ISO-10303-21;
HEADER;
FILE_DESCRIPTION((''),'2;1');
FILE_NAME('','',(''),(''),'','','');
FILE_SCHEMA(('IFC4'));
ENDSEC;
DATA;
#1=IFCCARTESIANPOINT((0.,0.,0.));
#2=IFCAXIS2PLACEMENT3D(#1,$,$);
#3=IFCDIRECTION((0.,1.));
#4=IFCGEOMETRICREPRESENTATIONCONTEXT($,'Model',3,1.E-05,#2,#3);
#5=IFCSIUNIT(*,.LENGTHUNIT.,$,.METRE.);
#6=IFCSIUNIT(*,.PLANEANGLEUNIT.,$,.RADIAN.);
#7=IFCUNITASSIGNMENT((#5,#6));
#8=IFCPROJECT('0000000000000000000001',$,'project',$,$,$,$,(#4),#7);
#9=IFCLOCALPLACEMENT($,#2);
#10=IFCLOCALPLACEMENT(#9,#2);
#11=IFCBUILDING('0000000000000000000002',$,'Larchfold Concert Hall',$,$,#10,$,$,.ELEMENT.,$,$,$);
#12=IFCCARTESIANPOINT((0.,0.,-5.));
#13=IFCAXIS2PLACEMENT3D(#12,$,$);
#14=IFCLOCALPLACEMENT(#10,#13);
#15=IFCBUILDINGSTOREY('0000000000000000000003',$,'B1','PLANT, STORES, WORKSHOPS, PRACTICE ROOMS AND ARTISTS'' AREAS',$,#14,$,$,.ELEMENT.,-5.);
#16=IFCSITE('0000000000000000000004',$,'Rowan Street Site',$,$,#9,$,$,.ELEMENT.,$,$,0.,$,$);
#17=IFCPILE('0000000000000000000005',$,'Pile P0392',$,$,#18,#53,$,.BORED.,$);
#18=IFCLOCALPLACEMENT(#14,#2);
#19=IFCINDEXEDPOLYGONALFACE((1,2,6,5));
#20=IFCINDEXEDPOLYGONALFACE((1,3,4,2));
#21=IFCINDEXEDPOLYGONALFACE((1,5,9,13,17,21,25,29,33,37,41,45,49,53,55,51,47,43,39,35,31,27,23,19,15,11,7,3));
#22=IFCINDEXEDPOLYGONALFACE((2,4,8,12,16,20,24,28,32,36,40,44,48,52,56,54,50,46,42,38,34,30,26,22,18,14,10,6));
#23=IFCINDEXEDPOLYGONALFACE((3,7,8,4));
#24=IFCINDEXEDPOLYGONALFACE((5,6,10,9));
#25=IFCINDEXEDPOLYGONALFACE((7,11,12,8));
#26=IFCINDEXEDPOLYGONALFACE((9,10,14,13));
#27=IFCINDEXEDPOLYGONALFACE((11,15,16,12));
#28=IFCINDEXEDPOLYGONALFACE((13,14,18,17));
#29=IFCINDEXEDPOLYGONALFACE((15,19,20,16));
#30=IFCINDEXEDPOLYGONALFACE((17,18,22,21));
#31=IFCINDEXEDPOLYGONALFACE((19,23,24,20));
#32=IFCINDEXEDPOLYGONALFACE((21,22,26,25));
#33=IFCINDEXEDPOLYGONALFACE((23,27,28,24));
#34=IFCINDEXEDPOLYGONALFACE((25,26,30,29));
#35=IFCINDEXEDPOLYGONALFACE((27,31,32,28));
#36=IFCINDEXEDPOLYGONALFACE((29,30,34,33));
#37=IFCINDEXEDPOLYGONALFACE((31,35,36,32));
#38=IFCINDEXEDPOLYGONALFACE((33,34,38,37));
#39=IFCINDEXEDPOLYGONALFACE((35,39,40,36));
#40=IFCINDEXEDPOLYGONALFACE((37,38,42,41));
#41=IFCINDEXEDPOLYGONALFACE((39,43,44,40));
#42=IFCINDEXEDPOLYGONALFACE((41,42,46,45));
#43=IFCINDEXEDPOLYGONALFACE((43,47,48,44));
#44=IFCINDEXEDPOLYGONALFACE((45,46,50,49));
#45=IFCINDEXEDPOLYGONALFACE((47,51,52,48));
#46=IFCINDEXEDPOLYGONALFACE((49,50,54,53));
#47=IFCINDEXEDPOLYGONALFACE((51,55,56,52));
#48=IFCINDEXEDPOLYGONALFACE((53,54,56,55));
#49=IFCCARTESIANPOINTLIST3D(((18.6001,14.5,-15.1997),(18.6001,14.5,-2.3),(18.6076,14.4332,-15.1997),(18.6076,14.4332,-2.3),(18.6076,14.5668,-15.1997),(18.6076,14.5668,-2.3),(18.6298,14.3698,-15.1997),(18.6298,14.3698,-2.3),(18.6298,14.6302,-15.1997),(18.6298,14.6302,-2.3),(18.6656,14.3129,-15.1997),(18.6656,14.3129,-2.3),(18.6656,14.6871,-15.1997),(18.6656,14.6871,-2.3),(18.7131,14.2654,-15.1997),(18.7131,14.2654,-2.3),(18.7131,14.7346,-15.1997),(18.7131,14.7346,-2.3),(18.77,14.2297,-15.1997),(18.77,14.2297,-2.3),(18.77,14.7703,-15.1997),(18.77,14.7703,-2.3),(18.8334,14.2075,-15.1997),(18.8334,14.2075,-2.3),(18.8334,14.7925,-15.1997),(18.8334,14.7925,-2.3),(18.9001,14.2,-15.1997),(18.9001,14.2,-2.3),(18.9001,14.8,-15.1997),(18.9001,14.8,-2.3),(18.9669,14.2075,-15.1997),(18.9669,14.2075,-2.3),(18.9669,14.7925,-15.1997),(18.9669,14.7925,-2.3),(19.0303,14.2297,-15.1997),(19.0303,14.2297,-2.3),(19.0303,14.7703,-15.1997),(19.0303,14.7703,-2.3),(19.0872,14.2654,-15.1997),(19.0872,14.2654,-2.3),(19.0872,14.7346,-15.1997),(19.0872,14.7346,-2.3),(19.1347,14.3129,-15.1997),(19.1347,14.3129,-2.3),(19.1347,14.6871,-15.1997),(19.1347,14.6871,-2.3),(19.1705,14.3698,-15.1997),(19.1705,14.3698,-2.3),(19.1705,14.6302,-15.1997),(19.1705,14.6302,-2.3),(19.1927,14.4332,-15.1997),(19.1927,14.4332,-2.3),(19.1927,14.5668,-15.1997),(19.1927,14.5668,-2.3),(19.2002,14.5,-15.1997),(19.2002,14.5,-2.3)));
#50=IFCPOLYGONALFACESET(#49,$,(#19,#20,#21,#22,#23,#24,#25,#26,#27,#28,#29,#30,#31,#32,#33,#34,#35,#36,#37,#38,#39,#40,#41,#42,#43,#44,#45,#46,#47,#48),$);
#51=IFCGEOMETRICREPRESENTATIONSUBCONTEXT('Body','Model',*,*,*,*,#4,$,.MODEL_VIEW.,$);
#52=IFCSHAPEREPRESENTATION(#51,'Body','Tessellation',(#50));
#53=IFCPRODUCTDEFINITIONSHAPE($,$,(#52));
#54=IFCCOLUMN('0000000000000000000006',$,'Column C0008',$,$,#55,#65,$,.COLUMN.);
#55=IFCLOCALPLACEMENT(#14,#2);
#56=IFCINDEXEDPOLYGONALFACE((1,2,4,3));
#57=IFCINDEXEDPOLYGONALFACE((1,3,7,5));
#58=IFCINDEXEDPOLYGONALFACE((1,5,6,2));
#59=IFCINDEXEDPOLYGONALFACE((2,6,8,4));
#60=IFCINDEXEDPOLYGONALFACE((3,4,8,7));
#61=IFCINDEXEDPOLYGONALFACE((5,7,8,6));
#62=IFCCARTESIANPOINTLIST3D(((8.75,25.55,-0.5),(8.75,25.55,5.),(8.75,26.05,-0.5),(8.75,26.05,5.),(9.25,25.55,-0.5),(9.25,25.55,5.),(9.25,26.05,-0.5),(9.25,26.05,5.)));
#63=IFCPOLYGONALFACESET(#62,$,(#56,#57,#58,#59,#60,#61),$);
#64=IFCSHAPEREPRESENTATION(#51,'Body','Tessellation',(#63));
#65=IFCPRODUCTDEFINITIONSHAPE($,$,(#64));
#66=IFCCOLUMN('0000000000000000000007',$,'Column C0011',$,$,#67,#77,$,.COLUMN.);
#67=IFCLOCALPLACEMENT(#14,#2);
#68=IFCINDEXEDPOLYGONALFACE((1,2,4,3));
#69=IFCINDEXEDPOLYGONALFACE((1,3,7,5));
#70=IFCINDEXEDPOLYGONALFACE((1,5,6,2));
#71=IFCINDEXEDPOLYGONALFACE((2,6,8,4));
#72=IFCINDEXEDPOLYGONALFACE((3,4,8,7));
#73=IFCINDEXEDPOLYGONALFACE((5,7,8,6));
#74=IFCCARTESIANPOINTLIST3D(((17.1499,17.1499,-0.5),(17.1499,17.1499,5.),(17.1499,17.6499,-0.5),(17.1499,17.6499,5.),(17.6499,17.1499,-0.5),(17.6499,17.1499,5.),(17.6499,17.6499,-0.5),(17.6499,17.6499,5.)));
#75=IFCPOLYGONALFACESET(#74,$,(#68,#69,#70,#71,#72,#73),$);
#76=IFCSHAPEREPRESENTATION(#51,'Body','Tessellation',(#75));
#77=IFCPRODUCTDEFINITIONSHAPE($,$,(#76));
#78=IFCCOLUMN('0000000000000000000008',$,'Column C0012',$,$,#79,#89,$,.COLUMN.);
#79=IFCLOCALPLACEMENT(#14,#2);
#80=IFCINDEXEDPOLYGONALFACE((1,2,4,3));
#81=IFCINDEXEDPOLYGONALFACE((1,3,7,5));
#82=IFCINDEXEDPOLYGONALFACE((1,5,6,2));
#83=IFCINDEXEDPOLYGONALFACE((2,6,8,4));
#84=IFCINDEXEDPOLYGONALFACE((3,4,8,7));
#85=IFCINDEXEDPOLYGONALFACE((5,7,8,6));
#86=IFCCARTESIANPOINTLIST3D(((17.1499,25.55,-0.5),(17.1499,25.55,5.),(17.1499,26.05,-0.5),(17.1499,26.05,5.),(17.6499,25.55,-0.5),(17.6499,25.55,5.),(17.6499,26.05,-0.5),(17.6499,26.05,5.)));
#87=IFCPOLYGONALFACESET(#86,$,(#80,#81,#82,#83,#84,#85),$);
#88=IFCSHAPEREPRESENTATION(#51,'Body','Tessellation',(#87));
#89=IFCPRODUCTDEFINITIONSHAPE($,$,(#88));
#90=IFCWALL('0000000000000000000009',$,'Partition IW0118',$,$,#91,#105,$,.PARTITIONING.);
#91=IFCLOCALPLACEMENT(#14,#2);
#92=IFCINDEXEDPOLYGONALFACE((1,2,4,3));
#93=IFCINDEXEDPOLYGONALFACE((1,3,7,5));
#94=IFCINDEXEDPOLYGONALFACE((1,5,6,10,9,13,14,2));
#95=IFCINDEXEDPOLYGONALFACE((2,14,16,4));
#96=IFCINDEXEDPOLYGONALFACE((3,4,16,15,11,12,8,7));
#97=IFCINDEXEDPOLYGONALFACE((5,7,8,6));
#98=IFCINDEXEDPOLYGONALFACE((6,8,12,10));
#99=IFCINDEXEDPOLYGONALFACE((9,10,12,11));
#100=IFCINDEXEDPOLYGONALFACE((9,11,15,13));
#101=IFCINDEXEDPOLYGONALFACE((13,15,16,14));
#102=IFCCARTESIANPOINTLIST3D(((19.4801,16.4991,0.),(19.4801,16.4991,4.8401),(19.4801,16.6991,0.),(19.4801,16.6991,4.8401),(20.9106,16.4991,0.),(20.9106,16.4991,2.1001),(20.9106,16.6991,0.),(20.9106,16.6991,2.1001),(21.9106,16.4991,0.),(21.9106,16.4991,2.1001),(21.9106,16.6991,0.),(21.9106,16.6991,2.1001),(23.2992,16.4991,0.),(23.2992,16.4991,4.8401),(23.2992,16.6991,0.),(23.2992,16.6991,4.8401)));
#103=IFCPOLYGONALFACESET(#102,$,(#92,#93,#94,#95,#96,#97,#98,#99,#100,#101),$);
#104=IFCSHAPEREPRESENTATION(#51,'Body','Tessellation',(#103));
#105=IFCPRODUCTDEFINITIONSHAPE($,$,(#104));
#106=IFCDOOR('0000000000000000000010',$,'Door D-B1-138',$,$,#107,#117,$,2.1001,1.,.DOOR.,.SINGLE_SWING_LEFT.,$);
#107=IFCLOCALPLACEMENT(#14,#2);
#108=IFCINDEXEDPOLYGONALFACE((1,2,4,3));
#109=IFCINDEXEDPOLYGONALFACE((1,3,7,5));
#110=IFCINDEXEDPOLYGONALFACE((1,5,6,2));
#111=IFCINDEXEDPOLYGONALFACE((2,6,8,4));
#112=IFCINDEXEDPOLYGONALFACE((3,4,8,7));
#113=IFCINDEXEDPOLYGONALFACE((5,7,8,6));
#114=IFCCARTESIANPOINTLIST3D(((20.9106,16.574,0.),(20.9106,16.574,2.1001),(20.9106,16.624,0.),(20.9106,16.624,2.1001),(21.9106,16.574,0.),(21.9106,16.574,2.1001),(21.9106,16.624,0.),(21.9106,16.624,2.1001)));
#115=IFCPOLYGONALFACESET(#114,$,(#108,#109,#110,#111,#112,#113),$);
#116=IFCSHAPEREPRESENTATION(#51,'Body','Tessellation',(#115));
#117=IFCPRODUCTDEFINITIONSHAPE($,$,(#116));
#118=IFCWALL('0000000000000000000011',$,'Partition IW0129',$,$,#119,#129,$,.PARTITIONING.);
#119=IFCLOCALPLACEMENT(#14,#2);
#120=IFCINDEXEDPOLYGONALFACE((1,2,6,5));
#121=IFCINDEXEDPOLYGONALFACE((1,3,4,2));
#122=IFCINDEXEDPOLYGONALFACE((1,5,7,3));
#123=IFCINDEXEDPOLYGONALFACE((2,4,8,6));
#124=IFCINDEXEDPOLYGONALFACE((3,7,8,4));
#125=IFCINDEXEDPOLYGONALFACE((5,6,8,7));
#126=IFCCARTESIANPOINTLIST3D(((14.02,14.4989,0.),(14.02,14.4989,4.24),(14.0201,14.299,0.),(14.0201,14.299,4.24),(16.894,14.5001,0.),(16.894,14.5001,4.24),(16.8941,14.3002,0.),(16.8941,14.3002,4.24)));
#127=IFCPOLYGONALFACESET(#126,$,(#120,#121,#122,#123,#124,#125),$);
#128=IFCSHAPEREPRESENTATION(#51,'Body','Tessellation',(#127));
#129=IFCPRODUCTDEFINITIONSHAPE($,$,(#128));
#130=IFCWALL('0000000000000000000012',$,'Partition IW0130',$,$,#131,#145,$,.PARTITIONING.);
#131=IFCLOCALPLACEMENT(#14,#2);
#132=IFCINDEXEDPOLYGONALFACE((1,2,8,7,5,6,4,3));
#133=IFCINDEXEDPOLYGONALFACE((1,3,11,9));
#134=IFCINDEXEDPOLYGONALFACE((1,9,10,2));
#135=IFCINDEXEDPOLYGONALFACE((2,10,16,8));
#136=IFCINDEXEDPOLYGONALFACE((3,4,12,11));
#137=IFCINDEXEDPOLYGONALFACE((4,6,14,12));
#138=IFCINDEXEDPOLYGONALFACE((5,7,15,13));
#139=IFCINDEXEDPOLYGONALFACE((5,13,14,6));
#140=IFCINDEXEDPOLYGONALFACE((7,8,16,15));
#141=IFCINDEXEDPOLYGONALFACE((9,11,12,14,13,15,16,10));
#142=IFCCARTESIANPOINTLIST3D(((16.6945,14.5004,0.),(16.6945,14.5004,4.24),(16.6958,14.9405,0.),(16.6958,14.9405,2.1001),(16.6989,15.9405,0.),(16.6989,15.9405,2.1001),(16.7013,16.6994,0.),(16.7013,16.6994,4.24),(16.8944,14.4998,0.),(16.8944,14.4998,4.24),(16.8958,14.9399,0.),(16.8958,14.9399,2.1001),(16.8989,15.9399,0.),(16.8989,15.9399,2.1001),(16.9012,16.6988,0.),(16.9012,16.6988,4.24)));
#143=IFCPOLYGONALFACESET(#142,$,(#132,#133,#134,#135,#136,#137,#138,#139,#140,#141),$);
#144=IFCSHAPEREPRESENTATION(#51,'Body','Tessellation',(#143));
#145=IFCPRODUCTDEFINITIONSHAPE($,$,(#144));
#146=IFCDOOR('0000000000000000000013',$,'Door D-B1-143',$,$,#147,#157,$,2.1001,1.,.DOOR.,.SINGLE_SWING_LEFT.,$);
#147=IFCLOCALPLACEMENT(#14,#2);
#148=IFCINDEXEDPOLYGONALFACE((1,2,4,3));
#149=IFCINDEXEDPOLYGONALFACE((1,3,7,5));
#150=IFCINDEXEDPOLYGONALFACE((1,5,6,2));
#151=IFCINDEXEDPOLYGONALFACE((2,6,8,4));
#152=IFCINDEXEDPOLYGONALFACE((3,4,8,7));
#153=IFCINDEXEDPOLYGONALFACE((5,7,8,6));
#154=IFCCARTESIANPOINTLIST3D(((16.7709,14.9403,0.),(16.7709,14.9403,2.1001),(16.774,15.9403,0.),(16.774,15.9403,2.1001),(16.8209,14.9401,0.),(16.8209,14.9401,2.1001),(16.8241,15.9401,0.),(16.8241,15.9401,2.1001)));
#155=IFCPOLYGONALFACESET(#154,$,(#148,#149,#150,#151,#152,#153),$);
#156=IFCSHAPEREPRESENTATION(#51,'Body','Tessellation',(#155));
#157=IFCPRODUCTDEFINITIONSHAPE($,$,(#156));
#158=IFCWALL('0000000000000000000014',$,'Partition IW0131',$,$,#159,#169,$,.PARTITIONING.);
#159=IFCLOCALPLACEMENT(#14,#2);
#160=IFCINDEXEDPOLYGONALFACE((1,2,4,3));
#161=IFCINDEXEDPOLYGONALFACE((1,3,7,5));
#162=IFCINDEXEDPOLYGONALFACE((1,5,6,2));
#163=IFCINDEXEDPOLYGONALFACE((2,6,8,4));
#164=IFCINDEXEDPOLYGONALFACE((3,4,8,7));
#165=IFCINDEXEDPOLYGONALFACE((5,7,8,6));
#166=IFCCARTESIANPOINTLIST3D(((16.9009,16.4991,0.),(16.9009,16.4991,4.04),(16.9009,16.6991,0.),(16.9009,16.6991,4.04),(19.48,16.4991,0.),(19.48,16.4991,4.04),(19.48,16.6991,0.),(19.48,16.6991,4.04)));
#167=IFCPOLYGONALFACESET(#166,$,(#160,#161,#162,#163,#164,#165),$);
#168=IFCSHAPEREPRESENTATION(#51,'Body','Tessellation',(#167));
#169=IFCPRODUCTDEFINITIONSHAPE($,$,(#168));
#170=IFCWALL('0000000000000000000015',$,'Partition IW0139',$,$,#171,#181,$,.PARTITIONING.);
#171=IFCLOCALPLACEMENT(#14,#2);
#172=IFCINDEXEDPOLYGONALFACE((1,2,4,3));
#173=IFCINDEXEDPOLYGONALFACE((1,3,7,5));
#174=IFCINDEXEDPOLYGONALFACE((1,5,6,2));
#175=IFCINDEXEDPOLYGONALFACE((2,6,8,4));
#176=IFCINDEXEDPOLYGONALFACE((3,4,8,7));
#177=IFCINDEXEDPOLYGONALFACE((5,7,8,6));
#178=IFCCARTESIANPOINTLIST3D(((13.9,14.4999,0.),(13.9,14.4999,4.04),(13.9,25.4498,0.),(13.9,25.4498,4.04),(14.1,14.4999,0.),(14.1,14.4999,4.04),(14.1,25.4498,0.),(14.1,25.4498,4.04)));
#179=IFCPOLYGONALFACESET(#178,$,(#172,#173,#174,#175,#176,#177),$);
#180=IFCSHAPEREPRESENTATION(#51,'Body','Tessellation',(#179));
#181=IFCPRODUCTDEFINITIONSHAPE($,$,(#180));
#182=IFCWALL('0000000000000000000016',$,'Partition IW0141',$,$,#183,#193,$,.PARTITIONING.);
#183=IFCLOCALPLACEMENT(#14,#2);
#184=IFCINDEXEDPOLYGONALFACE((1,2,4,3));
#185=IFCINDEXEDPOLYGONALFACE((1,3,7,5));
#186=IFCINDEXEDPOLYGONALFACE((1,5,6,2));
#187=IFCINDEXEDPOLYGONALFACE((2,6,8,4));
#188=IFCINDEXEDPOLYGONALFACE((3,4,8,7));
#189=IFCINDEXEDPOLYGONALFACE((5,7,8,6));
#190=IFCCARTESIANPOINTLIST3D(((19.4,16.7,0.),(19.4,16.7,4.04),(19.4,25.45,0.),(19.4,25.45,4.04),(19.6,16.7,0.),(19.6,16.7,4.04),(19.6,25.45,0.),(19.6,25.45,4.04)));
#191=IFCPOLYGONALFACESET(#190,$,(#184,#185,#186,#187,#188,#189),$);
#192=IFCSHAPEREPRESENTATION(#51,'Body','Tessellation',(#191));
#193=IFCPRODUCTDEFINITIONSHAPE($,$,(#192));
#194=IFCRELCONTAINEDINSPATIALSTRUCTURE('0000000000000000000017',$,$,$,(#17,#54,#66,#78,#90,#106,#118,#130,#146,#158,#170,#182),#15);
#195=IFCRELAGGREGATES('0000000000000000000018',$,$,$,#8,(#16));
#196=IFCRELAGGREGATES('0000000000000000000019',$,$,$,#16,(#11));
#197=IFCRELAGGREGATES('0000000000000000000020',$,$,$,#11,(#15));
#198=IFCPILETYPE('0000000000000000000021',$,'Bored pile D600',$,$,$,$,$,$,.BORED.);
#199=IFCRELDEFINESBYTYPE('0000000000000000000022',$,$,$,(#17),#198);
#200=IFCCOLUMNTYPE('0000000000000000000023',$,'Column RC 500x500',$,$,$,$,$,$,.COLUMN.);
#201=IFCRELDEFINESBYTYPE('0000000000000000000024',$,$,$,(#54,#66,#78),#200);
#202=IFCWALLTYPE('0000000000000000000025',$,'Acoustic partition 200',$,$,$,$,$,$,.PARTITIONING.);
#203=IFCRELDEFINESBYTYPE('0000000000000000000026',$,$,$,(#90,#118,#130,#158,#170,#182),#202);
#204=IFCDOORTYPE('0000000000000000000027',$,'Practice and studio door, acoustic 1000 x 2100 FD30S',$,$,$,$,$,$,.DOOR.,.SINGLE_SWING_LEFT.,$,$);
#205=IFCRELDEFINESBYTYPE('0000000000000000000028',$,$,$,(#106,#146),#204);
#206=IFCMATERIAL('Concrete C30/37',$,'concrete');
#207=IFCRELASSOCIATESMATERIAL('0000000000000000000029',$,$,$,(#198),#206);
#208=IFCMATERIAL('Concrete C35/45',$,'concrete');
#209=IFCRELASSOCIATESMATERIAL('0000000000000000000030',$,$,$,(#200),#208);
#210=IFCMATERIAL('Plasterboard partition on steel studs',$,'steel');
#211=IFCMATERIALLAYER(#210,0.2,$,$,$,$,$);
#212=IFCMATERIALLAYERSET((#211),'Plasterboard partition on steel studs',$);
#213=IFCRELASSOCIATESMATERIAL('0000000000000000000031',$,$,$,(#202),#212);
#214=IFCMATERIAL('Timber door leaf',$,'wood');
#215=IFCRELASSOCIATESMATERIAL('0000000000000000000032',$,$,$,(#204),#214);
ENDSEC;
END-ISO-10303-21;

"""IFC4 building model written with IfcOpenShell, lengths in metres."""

from ifc_helpers import new_model, si_unit, direction, frame, frame_2d, origin, origin_2d, place, context, subcontext, project, spatial, rectangle, circle, extrude, material, layer, layer_set, material_profile, profile_set, type_object, element, fill, save


model = new_model("IFC4")

# Units and contexts
model_context = context("Model", 3, precision=1e-05, world=origin(), true_north=direction((0.0, 1.0)))
body_context = subcontext(model_context, "Body", "Model", "MODEL_VIEW")
ifc_project = project(units=[si_unit("LENGTHUNIT", "METRE"), si_unit("PLANEANGLEUNIT", "RADIAN")], contexts=[model_context])

# Site, building, storey
site_placement = place(None, origin())
site = spatial("IfcSite", under=ifc_project, at=site_placement, Name="Rowan Street Site", CompositionType="ELEMENT", RefElevation=0.0)
building_placement = place(site_placement, origin())
building = spatial("IfcBuilding", under=site, at=building_placement, Name="Larchfold Concert Hall", CompositionType="ELEMENT")
storey_placement = place(building_placement, frame((0.0, 0.0, -5.0)))
storey = spatial("IfcBuildingStorey", under=building, at=storey_placement, Name="B1", Description="PLANT, STORES, WORKSHOPS, PRACTICE ROOMS AND ARTISTS' AREAS", CompositionType="ELEMENT", Elevation=-5.0)

# Pile
ifc_material_1 = material(Name="Concrete C30/37", Category="concrete")
ifc_material_profile_1 = material_profile(ifc_material_1, circle(Radius=0.3, at=origin_2d()))
ifc_profile_set_1 = profile_set([ifc_material_profile_1], Name="Concrete C30/37")
pile_type = type_object("IfcPileType", Name="Bored pile D600", PredefinedType="BORED", material=ifc_profile_set_1)
pile_1_placement = place(storey_placement, frame((18.9001, 14.5, -2.3), z_axis=(0.0, 0.0, -1.0), x_axis=(1.0, 0.0, 0.0)))
element("IfcPile", 1, at=pile_1_placement, inside=storey, type_object=pile_type, Name="Pile P0392", PredefinedType="BORED", context=body_context, shape_type="SweptSolid", body=[
    extrude(circle(Radius=0.3, at=origin_2d()), origin(), (0.0, 0.0, 1.0), 12.8997),
])

# Columns
ifc_material_2 = material(Name="Concrete C35/45", Category="concrete")
ifc_material_profile_2 = material_profile(ifc_material_2, rectangle(XDim=0.5, YDim=0.5, at=origin_2d()))
ifc_profile_set_2 = profile_set([ifc_material_profile_2], Name="Concrete C35/45")
column_type = type_object("IfcColumnType", Name="Column RC 500x500", PredefinedType="COLUMN", material=ifc_profile_set_2)
for number, where, z_axis, x_axis, name in (
    (2, (9.0, 25.8, -0.5), (0.0, 0.0, 1.0), (1.0, 0.0, 0.0), "Column C0008"),
    (3, (17.3999, 17.3999, -0.5), (0.0, 0.0, 1.0), (1.0, 0.0, 0.0), "Column C0011"),
    (4, (17.3999, 25.8, -0.5), (0.0, 0.0, 1.0), (1.0, 0.0, 0.0), "Column C0012"),
):
    element("IfcColumn", number, at=place(storey_placement, frame(where, z_axis=z_axis, x_axis=x_axis)), inside=storey, type_object=column_type, Name=name, PredefinedType="COLUMN", context=body_context, shape_type="SweptSolid", body=[
        extrude(rectangle(XDim=0.5, YDim=0.5, at=origin_2d()), origin(), (0.0, 0.0, 1.0), 5.5),
    ])

# Wall, opening, door
ifc_material_3 = material(Name="Plasterboard partition on steel studs", Category="steel")
ifc_layer_1 = layer(ifc_material_3, 0.2)
ifc_layer_set_1 = layer_set([ifc_layer_1], Name="Plasterboard partition on steel studs")
wall_type_1 = type_object("IfcWallType", Name="Acoustic partition 200", PredefinedType="PARTITIONING", material=ifc_layer_set_1)
wall_1_placement = place(storey_placement, frame((19.48, 16.5991, 0.0), z_axis=(0.0, 0.0, 1.0), x_axis=(1.0, 0.0, 0.0)))
wall_1 = element("IfcWall", 5, at=wall_1_placement, inside=storey, type_object=wall_type_1, Name="Partition IW0118", PredefinedType="PARTITIONING", context=body_context, shape_type="SweptSolid", body=[
    extrude(rectangle(XDim=3.8191, YDim=0.2, at=frame_2d((1.9097, 0.0))), origin(), (0.0, 0.0, 1.0), 4.8401),
])
opening_1_placement = place(wall_1_placement, frame((1.4307, 0.0, 0.0)))
opening_1 = element("IfcOpeningElement", 6, at=opening_1_placement, cuts=wall_1, PredefinedType="OPENING", context=body_context, shape_type="SweptSolid", body=[
    extrude(rectangle(XDim=1.0, YDim=2.1001, at=frame_2d((0.5, 1.05))), frame((0.0, 0.1099, 0.0), z_axis=(0.0, -1.0, 0.0), x_axis=(1.0, 0.0, 0.0)), (0.0, 0.0, 1.0), 0.22),
])
ifc_material_4 = material(Name="Timber door leaf", Category="wood")
door_type_1 = type_object("IfcDoorType", Name="Practice and studio door, acoustic 1000 x 2100 FD30S", OperationType="SINGLE_SWING_LEFT", PredefinedType="DOOR", material=ifc_material_4)
door_1_placement = place(opening_1_placement, origin())
door_1 = element("IfcDoor", 7, at=door_1_placement, inside=storey, type_object=door_type_1, Name="Door D-B1-138", OperationType="SINGLE_SWING_LEFT", OverallHeight=2.1001, OverallWidth=1.0, PredefinedType="DOOR", context=body_context, shape_type="SweptSolid", body=[
    extrude(rectangle(XDim=1.0, YDim=2.1001, at=frame_2d((0.5, 1.05))), frame((0.0, 0.0249, 0.0), z_axis=(0.0, -1.0, 0.0), x_axis=(1.0, 0.0, 0.0)), (0.0, 0.0, 1.0), 0.05),
])
fill(opening_1, door_1)

# Wall
wall_2_placement = place(storey_placement, frame((14.02, 14.3989, 0.0), z_axis=(0.0, 0.0, 1.0), x_axis=(1.0, 0.000425, 0.0)))
element("IfcWall", 8, at=wall_2_placement, inside=storey, type_object=wall_type_1, Name="Partition IW0129", PredefinedType="PARTITIONING", context=body_context, shape_type="SweptSolid", body=[
    extrude(rectangle(XDim=2.874, YDim=0.2, at=frame_2d((1.437, 0.0))), origin(), (0.0, 0.0, 1.0), 4.24),
])

# Wall, opening, door
wall_3_placement = place(storey_placement, frame((16.7944, 14.5, 0.0), z_axis=(0.0, 0.0, 1.0), x_axis=(0.003109, 0.999995, 0.0)))
wall_3 = element("IfcWall", 9, at=wall_3_placement, inside=storey, type_object=wall_type_1, Name="Partition IW0130", PredefinedType="PARTITIONING", context=body_context, shape_type="SweptSolid", body=[
    extrude(rectangle(XDim=2.199, YDim=0.2, at=frame_2d((1.0996, 0.0))), origin(), (0.0, 0.0, 1.0), 4.24),
])
opening_2_placement = place(wall_3_placement, frame((0.4402, 0.0, 0.0)))
opening_2 = element("IfcOpeningElement", 10, at=opening_2_placement, cuts=wall_3, PredefinedType="OPENING", context=body_context, shape_type="SweptSolid", body=[
    extrude(rectangle(XDim=1.0, YDim=2.1001, at=frame_2d((0.5, 1.05))), frame((0.0, 0.1099, 0.0), z_axis=(0.0, -1.0, 0.0), x_axis=(1.0, 0.0, 0.0)), (0.0, 0.0, 1.0), 0.22),
])
door_2_placement = place(opening_2_placement, origin())
door_2 = element("IfcDoor", 11, at=door_2_placement, inside=storey, type_object=door_type_1, Name="Door D-B1-143", OperationType="SINGLE_SWING_LEFT", OverallHeight=2.1001, OverallWidth=1.0, PredefinedType="DOOR", context=body_context, shape_type="SweptSolid", body=[
    extrude(rectangle(XDim=1.0, YDim=2.1001, at=frame_2d((0.5, 1.05))), frame((0.0, 0.0249, 0.0), z_axis=(0.0, -1.0, 0.0), x_axis=(1.0, 0.0, 0.0)), (0.0, 0.0, 1.0), 0.05),
])
fill(opening_2, door_2)

# Walls
wall_4_placement = place(storey_placement, frame((16.9009, 16.5991, 0.0), z_axis=(0.0, 0.0, 1.0), x_axis=(1.0, 0.0, 0.0)))
element("IfcWall", 12, at=wall_4_placement, inside=storey, type_object=wall_type_1, Name="Partition IW0131", PredefinedType="PARTITIONING", context=body_context, shape_type="SweptSolid", body=[
    extrude(rectangle(XDim=2.5791, YDim=0.2, at=frame_2d((1.2896, 0.0))), origin(), (0.0, 0.0, 1.0), 4.04),
])
wall_5_placement = place(storey_placement, frame((14.0, 25.45, 0.0), z_axis=(0.0, 0.0, 1.0), x_axis=(0.0, -1.0, 0.0)))
element("IfcWall", 13, at=wall_5_placement, inside=storey, type_object=wall_type_1, Name="Partition IW0139", PredefinedType="PARTITIONING", context=body_context, shape_type="SweptSolid", body=[
    extrude(rectangle(XDim=10.95, YDim=0.2, at=frame_2d((5.4751, 0.0))), origin(), (0.0, 0.0, 1.0), 4.04),
])
wall_6_placement = place(storey_placement, frame((19.5, 16.7, 0.0), z_axis=(0.0, 0.0, 1.0), x_axis=(0.0, 1.0, 0.0)))
element("IfcWall", 14, at=wall_6_placement, inside=storey, type_object=wall_type_1, Name="Partition IW0141", PredefinedType="PARTITIONING", context=body_context, shape_type="SweptSolid", body=[
    extrude(rectangle(XDim=8.75, YDim=0.2, at=frame_2d((4.375, 0.0))), origin(), (0.0, 0.0, 1.0), 4.04),
])

save(model, "model.ifc")
